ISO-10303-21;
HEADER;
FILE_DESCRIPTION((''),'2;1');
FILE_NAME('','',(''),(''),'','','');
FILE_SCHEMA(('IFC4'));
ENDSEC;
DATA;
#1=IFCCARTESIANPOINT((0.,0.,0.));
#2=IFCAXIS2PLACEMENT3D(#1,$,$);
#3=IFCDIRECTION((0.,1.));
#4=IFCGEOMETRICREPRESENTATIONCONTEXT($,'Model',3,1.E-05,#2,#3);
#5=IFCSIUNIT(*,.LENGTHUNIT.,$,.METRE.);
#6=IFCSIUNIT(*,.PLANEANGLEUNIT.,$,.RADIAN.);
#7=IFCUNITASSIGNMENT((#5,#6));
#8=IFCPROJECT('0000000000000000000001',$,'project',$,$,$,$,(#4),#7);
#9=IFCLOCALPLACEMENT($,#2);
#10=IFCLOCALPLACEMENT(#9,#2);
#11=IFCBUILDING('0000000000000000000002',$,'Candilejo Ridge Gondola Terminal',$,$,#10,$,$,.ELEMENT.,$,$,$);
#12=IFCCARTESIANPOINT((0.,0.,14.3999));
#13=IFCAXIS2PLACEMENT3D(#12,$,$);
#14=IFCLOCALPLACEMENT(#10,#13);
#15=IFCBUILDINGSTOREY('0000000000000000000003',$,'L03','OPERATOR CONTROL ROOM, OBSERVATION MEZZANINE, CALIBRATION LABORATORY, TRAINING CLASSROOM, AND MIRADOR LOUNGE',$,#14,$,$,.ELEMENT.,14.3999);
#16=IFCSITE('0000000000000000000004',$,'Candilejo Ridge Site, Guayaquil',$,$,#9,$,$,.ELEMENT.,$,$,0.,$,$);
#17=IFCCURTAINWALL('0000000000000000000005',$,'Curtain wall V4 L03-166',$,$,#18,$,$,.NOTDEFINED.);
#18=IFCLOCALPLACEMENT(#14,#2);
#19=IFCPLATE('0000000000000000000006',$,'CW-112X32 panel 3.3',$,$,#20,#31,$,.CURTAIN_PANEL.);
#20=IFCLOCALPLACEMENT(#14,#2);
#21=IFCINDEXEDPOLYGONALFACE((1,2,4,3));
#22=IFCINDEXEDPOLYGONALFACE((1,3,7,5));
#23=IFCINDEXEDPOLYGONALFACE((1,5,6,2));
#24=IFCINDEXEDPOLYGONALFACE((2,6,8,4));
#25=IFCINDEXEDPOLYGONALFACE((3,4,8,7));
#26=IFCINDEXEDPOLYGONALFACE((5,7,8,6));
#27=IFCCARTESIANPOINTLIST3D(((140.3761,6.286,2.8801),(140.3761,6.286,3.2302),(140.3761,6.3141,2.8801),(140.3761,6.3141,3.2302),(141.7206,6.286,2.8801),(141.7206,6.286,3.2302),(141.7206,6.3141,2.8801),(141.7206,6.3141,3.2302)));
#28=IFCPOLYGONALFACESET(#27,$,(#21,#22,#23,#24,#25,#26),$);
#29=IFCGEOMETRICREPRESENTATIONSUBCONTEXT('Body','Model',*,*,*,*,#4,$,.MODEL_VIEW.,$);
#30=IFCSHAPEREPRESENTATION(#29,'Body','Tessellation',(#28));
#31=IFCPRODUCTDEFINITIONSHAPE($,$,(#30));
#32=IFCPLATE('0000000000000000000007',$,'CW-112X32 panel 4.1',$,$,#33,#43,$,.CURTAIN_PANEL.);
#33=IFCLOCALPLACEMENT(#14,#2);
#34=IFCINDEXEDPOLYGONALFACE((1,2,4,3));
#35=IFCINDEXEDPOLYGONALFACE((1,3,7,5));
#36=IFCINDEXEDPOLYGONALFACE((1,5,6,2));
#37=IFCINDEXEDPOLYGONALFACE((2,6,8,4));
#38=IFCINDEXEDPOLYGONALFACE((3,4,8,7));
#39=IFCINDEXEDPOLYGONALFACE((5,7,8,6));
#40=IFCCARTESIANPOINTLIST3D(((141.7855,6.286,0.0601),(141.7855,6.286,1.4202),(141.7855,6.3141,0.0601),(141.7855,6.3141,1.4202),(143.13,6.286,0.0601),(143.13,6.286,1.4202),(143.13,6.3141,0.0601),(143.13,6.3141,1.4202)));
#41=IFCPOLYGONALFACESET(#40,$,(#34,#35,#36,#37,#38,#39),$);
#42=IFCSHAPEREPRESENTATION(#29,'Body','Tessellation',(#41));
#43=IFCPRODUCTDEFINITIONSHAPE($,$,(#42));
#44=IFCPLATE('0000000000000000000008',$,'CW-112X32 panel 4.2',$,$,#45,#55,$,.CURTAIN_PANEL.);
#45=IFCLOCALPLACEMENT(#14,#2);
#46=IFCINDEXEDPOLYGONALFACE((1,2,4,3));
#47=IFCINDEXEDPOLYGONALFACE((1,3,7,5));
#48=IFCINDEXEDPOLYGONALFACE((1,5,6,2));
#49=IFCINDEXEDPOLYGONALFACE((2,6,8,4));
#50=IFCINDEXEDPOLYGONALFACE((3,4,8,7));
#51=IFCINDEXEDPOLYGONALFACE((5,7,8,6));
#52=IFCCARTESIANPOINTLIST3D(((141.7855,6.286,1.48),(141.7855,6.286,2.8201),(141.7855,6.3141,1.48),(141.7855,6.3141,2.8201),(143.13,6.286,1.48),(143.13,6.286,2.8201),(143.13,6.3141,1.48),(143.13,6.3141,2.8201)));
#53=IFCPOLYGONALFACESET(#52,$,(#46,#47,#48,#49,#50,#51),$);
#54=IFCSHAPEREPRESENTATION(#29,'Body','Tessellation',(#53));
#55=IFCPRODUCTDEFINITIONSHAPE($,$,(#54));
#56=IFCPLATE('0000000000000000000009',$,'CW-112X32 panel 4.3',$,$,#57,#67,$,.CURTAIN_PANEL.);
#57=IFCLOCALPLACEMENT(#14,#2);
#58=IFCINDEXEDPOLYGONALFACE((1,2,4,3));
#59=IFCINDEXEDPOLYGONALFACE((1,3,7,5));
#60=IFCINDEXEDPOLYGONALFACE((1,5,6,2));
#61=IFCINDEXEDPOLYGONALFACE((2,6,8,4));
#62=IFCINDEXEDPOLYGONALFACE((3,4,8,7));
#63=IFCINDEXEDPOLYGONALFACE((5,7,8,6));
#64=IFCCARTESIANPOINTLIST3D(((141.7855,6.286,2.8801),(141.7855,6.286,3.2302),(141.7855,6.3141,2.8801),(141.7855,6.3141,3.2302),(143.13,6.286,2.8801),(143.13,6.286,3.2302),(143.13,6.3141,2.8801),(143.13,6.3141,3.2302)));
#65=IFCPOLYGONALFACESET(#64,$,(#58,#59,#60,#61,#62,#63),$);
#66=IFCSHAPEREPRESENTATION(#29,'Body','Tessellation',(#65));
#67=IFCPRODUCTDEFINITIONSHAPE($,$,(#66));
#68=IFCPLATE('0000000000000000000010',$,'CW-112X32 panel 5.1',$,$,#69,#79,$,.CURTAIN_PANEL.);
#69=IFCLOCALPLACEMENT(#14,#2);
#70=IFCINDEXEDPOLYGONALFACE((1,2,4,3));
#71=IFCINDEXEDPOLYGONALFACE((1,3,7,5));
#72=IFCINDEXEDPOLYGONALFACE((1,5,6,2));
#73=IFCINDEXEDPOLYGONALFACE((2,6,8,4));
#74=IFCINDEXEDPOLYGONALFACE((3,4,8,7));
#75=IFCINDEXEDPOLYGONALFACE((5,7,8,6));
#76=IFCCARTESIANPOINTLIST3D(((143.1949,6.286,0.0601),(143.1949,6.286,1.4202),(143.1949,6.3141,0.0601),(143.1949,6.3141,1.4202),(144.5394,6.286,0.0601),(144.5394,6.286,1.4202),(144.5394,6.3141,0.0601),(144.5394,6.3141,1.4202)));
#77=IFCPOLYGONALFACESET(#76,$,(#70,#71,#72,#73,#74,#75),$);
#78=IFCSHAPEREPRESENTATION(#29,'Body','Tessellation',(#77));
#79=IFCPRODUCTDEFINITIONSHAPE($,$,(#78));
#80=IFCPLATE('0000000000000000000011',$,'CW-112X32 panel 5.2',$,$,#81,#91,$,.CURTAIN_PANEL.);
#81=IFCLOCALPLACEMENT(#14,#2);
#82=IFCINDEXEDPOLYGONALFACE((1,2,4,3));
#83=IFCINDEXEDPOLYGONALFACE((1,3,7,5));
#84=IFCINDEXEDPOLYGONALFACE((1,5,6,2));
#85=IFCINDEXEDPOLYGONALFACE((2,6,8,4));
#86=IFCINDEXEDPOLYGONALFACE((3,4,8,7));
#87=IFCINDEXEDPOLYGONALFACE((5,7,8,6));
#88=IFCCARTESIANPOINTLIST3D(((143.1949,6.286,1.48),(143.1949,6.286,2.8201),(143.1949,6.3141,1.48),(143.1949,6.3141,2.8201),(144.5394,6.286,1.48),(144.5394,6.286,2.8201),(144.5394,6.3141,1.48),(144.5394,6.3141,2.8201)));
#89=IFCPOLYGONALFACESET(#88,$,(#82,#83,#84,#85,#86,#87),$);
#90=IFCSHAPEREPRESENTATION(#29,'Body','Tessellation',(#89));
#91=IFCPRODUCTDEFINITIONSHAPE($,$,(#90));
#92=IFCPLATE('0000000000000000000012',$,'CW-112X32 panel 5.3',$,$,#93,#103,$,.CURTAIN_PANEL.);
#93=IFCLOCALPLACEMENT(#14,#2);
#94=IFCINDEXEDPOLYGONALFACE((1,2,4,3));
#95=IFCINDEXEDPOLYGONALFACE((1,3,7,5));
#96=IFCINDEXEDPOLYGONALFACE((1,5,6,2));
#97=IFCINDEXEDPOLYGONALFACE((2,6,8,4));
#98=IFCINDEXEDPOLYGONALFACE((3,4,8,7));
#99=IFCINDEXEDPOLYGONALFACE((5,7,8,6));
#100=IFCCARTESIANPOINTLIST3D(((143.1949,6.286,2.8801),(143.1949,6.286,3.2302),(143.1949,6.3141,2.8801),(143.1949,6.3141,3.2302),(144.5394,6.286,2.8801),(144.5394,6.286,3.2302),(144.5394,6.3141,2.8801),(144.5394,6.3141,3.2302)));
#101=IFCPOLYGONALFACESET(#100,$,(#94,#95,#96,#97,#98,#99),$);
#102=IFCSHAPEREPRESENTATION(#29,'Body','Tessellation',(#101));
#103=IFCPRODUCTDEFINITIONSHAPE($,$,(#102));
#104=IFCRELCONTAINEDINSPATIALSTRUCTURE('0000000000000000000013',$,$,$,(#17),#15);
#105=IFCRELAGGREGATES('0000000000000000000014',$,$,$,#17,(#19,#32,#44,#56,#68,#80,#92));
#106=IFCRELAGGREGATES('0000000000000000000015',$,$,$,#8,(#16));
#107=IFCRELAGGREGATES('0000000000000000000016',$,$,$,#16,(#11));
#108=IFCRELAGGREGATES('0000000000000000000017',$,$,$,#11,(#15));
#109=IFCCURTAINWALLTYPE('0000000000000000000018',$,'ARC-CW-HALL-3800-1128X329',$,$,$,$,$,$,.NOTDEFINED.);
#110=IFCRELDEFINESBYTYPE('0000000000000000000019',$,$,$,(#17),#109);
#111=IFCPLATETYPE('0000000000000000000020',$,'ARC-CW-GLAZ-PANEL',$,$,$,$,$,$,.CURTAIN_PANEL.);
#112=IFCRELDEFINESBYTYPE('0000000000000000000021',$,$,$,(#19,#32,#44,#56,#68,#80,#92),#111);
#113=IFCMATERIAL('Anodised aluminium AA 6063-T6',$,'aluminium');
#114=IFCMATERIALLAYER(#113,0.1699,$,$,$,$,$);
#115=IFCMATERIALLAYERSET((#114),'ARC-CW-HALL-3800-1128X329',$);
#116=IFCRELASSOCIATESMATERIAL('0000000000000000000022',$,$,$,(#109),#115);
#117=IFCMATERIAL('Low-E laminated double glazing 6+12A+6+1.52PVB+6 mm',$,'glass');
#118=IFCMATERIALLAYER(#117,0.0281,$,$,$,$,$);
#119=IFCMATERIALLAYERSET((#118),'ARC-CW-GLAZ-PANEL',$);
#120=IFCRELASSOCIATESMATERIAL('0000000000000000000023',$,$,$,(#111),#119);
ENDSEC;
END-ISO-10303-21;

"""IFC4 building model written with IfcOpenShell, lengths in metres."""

from ifc_helpers import new_model, si_unit, direction, frame, origin, origin_2d, place, context, subcontext, project, spatial, rectangle, extrude, material, layer, layer_set, type_object, element, aggregate, save


model = new_model("IFC4")

# Units and contexts
model_context = context("Model", 3, precision=1e-05, world=origin(), true_north=direction((0.0, 1.0)))
body_context = subcontext(model_context, "Body", "Model", "MODEL_VIEW")
ifc_project = project(units=[si_unit("LENGTHUNIT", "METRE"), si_unit("PLANEANGLEUNIT", "RADIAN")], contexts=[model_context])

# Site, building, storey
site_placement = place(None, origin())
site = spatial("IfcSite", under=ifc_project, at=site_placement, Name="Candilejo Ridge Site, Guayaquil", CompositionType="ELEMENT", RefElevation=0.0)
building_placement = place(site_placement, origin())
building = spatial("IfcBuilding", under=site, at=building_placement, Name="Candilejo Ridge Gondola Terminal", CompositionType="ELEMENT")
storey_placement = place(building_placement, frame((0.0, 0.0, 14.3999)))
storey = spatial("IfcBuildingStorey", under=building, at=storey_placement, Name="L03", Description="OPERATOR CONTROL ROOM, OBSERVATION MEZZANINE, CALIBRATION LABORATORY, TRAINING CLASSROOM, AND MIRADOR LOUNGE", CompositionType="ELEMENT", Elevation=14.3999)

# Curtain wall, plates
ifc_material_1 = material(Name="Anodised aluminium AA 6063-T6", Category="aluminium")
ifc_layer_1 = layer(ifc_material_1, 0.1699)
ifc_layer_set_1 = layer_set([ifc_layer_1], Name="ARC-CW-HALL-3800-1128X329")
curtain_wall_type = type_object("IfcCurtainWallType", Name="ARC-CW-HALL-3800-1128X329", PredefinedType="NOTDEFINED", material=ifc_layer_set_1)
curtain_wall_placement = place(storey_placement, origin())
curtain_wall = element("IfcCurtainWall", 1, at=curtain_wall_placement, inside=storey, type_object=curtain_wall_type, Name="Curtain wall V4 L03-166", PredefinedType="NOTDEFINED")
ifc_material_2 = material(Name="Low-E laminated double glazing 6+12A+6+1.52PVB+6 mm", Category="glass")
ifc_layer_2 = layer(ifc_material_2, 0.0281)
ifc_layer_set_2 = layer_set([ifc_layer_2], Name="ARC-CW-GLAZ-PANEL")
plate_type = type_object("IfcPlateType", Name="ARC-CW-GLAZ-PANEL", PredefinedType="CURTAIN_PANEL", material=ifc_layer_set_2)
plate_1_placement = place(storey_placement, frame((141.0483, 6.3, 2.8801), z_axis=(0.0, 0.0, 1.0), x_axis=(1.0, 0.0, 0.0)))
plate_1 = element("IfcPlate", 2, at=plate_1_placement, type_object=plate_type, Name="CW-112X32 panel 3.3", PredefinedType="CURTAIN_PANEL", context=body_context, shape_type="SweptSolid", body=[
    extrude(rectangle(XDim=1.3445, YDim=0.0281, at=origin_2d()), origin(), (0.0, 0.0, 1.0), 0.3501),
])
plate_2_placement = place(storey_placement, frame((142.4578, 6.3, 0.0601), z_axis=(0.0, 0.0, 1.0), x_axis=(1.0, 0.0, 0.0)))
plate_2 = element("IfcPlate", 3, at=plate_2_placement, type_object=plate_type, Name="CW-112X32 panel 4.1", PredefinedType="CURTAIN_PANEL", context=body_context, shape_type="SweptSolid", body=[
    extrude(rectangle(XDim=1.3445, YDim=0.0281, at=origin_2d()), origin(), (0.0, 0.0, 1.0), 1.3601),
])
plate_3_placement = place(storey_placement, frame((142.4578, 6.3, 1.48), z_axis=(0.0, 0.0, 1.0), x_axis=(1.0, 0.0, 0.0)))
plate_3 = element("IfcPlate", 4, at=plate_3_placement, type_object=plate_type, Name="CW-112X32 panel 4.2", PredefinedType="CURTAIN_PANEL", context=body_context, shape_type="SweptSolid", body=[
    extrude(rectangle(XDim=1.3445, YDim=0.0281, at=origin_2d()), origin(), (0.0, 0.0, 1.0), 1.3401),
])
plate_4_placement = place(storey_placement, frame((142.4578, 6.3, 2.8801), z_axis=(0.0, 0.0, 1.0), x_axis=(1.0, 0.0, 0.0)))
plate_4 = element("IfcPlate", 5, at=plate_4_placement, type_object=plate_type, Name="CW-112X32 panel 4.3", PredefinedType="CURTAIN_PANEL", context=body_context, shape_type="SweptSolid", body=[
    extrude(rectangle(XDim=1.3445, YDim=0.0281, at=origin_2d()), origin(), (0.0, 0.0, 1.0), 0.3501),
])
plate_5_placement = place(storey_placement, frame((143.8672, 6.3, 0.0601), z_axis=(0.0, 0.0, 1.0), x_axis=(1.0, 0.0, 0.0)))
plate_5 = element("IfcPlate", 6, at=plate_5_placement, type_object=plate_type, Name="CW-112X32 panel 5.1", PredefinedType="CURTAIN_PANEL", context=body_context, shape_type="SweptSolid", body=[
    extrude(rectangle(XDim=1.3445, YDim=0.0281, at=origin_2d()), origin(), (0.0, 0.0, 1.0), 1.3601),
])
plate_6_placement = place(storey_placement, frame((143.8672, 6.3, 1.48), z_axis=(0.0, 0.0, 1.0), x_axis=(1.0, 0.0, 0.0)))
plate_6 = element("IfcPlate", 7, at=plate_6_placement, type_object=plate_type, Name="CW-112X32 panel 5.2", PredefinedType="CURTAIN_PANEL", context=body_context, shape_type="SweptSolid", body=[
    extrude(rectangle(XDim=1.3445, YDim=0.0281, at=origin_2d()), origin(), (0.0, 0.0, 1.0), 1.3401),
])
plate_7_placement = place(storey_placement, frame((143.8672, 6.3, 2.8801), z_axis=(0.0, 0.0, 1.0), x_axis=(1.0, 0.0, 0.0)))
plate_7 = element("IfcPlate", 8, at=plate_7_placement, type_object=plate_type, Name="CW-112X32 panel 5.3", PredefinedType="CURTAIN_PANEL", context=body_context, shape_type="SweptSolid", body=[
    extrude(rectangle(XDim=1.3445, YDim=0.0281, at=origin_2d()), origin(), (0.0, 0.0, 1.0), 0.3501),
])
aggregate(curtain_wall, [plate_1, plate_2, plate_3, plate_4, plate_5, plate_6, plate_7])

save(model, "model.ifc")
